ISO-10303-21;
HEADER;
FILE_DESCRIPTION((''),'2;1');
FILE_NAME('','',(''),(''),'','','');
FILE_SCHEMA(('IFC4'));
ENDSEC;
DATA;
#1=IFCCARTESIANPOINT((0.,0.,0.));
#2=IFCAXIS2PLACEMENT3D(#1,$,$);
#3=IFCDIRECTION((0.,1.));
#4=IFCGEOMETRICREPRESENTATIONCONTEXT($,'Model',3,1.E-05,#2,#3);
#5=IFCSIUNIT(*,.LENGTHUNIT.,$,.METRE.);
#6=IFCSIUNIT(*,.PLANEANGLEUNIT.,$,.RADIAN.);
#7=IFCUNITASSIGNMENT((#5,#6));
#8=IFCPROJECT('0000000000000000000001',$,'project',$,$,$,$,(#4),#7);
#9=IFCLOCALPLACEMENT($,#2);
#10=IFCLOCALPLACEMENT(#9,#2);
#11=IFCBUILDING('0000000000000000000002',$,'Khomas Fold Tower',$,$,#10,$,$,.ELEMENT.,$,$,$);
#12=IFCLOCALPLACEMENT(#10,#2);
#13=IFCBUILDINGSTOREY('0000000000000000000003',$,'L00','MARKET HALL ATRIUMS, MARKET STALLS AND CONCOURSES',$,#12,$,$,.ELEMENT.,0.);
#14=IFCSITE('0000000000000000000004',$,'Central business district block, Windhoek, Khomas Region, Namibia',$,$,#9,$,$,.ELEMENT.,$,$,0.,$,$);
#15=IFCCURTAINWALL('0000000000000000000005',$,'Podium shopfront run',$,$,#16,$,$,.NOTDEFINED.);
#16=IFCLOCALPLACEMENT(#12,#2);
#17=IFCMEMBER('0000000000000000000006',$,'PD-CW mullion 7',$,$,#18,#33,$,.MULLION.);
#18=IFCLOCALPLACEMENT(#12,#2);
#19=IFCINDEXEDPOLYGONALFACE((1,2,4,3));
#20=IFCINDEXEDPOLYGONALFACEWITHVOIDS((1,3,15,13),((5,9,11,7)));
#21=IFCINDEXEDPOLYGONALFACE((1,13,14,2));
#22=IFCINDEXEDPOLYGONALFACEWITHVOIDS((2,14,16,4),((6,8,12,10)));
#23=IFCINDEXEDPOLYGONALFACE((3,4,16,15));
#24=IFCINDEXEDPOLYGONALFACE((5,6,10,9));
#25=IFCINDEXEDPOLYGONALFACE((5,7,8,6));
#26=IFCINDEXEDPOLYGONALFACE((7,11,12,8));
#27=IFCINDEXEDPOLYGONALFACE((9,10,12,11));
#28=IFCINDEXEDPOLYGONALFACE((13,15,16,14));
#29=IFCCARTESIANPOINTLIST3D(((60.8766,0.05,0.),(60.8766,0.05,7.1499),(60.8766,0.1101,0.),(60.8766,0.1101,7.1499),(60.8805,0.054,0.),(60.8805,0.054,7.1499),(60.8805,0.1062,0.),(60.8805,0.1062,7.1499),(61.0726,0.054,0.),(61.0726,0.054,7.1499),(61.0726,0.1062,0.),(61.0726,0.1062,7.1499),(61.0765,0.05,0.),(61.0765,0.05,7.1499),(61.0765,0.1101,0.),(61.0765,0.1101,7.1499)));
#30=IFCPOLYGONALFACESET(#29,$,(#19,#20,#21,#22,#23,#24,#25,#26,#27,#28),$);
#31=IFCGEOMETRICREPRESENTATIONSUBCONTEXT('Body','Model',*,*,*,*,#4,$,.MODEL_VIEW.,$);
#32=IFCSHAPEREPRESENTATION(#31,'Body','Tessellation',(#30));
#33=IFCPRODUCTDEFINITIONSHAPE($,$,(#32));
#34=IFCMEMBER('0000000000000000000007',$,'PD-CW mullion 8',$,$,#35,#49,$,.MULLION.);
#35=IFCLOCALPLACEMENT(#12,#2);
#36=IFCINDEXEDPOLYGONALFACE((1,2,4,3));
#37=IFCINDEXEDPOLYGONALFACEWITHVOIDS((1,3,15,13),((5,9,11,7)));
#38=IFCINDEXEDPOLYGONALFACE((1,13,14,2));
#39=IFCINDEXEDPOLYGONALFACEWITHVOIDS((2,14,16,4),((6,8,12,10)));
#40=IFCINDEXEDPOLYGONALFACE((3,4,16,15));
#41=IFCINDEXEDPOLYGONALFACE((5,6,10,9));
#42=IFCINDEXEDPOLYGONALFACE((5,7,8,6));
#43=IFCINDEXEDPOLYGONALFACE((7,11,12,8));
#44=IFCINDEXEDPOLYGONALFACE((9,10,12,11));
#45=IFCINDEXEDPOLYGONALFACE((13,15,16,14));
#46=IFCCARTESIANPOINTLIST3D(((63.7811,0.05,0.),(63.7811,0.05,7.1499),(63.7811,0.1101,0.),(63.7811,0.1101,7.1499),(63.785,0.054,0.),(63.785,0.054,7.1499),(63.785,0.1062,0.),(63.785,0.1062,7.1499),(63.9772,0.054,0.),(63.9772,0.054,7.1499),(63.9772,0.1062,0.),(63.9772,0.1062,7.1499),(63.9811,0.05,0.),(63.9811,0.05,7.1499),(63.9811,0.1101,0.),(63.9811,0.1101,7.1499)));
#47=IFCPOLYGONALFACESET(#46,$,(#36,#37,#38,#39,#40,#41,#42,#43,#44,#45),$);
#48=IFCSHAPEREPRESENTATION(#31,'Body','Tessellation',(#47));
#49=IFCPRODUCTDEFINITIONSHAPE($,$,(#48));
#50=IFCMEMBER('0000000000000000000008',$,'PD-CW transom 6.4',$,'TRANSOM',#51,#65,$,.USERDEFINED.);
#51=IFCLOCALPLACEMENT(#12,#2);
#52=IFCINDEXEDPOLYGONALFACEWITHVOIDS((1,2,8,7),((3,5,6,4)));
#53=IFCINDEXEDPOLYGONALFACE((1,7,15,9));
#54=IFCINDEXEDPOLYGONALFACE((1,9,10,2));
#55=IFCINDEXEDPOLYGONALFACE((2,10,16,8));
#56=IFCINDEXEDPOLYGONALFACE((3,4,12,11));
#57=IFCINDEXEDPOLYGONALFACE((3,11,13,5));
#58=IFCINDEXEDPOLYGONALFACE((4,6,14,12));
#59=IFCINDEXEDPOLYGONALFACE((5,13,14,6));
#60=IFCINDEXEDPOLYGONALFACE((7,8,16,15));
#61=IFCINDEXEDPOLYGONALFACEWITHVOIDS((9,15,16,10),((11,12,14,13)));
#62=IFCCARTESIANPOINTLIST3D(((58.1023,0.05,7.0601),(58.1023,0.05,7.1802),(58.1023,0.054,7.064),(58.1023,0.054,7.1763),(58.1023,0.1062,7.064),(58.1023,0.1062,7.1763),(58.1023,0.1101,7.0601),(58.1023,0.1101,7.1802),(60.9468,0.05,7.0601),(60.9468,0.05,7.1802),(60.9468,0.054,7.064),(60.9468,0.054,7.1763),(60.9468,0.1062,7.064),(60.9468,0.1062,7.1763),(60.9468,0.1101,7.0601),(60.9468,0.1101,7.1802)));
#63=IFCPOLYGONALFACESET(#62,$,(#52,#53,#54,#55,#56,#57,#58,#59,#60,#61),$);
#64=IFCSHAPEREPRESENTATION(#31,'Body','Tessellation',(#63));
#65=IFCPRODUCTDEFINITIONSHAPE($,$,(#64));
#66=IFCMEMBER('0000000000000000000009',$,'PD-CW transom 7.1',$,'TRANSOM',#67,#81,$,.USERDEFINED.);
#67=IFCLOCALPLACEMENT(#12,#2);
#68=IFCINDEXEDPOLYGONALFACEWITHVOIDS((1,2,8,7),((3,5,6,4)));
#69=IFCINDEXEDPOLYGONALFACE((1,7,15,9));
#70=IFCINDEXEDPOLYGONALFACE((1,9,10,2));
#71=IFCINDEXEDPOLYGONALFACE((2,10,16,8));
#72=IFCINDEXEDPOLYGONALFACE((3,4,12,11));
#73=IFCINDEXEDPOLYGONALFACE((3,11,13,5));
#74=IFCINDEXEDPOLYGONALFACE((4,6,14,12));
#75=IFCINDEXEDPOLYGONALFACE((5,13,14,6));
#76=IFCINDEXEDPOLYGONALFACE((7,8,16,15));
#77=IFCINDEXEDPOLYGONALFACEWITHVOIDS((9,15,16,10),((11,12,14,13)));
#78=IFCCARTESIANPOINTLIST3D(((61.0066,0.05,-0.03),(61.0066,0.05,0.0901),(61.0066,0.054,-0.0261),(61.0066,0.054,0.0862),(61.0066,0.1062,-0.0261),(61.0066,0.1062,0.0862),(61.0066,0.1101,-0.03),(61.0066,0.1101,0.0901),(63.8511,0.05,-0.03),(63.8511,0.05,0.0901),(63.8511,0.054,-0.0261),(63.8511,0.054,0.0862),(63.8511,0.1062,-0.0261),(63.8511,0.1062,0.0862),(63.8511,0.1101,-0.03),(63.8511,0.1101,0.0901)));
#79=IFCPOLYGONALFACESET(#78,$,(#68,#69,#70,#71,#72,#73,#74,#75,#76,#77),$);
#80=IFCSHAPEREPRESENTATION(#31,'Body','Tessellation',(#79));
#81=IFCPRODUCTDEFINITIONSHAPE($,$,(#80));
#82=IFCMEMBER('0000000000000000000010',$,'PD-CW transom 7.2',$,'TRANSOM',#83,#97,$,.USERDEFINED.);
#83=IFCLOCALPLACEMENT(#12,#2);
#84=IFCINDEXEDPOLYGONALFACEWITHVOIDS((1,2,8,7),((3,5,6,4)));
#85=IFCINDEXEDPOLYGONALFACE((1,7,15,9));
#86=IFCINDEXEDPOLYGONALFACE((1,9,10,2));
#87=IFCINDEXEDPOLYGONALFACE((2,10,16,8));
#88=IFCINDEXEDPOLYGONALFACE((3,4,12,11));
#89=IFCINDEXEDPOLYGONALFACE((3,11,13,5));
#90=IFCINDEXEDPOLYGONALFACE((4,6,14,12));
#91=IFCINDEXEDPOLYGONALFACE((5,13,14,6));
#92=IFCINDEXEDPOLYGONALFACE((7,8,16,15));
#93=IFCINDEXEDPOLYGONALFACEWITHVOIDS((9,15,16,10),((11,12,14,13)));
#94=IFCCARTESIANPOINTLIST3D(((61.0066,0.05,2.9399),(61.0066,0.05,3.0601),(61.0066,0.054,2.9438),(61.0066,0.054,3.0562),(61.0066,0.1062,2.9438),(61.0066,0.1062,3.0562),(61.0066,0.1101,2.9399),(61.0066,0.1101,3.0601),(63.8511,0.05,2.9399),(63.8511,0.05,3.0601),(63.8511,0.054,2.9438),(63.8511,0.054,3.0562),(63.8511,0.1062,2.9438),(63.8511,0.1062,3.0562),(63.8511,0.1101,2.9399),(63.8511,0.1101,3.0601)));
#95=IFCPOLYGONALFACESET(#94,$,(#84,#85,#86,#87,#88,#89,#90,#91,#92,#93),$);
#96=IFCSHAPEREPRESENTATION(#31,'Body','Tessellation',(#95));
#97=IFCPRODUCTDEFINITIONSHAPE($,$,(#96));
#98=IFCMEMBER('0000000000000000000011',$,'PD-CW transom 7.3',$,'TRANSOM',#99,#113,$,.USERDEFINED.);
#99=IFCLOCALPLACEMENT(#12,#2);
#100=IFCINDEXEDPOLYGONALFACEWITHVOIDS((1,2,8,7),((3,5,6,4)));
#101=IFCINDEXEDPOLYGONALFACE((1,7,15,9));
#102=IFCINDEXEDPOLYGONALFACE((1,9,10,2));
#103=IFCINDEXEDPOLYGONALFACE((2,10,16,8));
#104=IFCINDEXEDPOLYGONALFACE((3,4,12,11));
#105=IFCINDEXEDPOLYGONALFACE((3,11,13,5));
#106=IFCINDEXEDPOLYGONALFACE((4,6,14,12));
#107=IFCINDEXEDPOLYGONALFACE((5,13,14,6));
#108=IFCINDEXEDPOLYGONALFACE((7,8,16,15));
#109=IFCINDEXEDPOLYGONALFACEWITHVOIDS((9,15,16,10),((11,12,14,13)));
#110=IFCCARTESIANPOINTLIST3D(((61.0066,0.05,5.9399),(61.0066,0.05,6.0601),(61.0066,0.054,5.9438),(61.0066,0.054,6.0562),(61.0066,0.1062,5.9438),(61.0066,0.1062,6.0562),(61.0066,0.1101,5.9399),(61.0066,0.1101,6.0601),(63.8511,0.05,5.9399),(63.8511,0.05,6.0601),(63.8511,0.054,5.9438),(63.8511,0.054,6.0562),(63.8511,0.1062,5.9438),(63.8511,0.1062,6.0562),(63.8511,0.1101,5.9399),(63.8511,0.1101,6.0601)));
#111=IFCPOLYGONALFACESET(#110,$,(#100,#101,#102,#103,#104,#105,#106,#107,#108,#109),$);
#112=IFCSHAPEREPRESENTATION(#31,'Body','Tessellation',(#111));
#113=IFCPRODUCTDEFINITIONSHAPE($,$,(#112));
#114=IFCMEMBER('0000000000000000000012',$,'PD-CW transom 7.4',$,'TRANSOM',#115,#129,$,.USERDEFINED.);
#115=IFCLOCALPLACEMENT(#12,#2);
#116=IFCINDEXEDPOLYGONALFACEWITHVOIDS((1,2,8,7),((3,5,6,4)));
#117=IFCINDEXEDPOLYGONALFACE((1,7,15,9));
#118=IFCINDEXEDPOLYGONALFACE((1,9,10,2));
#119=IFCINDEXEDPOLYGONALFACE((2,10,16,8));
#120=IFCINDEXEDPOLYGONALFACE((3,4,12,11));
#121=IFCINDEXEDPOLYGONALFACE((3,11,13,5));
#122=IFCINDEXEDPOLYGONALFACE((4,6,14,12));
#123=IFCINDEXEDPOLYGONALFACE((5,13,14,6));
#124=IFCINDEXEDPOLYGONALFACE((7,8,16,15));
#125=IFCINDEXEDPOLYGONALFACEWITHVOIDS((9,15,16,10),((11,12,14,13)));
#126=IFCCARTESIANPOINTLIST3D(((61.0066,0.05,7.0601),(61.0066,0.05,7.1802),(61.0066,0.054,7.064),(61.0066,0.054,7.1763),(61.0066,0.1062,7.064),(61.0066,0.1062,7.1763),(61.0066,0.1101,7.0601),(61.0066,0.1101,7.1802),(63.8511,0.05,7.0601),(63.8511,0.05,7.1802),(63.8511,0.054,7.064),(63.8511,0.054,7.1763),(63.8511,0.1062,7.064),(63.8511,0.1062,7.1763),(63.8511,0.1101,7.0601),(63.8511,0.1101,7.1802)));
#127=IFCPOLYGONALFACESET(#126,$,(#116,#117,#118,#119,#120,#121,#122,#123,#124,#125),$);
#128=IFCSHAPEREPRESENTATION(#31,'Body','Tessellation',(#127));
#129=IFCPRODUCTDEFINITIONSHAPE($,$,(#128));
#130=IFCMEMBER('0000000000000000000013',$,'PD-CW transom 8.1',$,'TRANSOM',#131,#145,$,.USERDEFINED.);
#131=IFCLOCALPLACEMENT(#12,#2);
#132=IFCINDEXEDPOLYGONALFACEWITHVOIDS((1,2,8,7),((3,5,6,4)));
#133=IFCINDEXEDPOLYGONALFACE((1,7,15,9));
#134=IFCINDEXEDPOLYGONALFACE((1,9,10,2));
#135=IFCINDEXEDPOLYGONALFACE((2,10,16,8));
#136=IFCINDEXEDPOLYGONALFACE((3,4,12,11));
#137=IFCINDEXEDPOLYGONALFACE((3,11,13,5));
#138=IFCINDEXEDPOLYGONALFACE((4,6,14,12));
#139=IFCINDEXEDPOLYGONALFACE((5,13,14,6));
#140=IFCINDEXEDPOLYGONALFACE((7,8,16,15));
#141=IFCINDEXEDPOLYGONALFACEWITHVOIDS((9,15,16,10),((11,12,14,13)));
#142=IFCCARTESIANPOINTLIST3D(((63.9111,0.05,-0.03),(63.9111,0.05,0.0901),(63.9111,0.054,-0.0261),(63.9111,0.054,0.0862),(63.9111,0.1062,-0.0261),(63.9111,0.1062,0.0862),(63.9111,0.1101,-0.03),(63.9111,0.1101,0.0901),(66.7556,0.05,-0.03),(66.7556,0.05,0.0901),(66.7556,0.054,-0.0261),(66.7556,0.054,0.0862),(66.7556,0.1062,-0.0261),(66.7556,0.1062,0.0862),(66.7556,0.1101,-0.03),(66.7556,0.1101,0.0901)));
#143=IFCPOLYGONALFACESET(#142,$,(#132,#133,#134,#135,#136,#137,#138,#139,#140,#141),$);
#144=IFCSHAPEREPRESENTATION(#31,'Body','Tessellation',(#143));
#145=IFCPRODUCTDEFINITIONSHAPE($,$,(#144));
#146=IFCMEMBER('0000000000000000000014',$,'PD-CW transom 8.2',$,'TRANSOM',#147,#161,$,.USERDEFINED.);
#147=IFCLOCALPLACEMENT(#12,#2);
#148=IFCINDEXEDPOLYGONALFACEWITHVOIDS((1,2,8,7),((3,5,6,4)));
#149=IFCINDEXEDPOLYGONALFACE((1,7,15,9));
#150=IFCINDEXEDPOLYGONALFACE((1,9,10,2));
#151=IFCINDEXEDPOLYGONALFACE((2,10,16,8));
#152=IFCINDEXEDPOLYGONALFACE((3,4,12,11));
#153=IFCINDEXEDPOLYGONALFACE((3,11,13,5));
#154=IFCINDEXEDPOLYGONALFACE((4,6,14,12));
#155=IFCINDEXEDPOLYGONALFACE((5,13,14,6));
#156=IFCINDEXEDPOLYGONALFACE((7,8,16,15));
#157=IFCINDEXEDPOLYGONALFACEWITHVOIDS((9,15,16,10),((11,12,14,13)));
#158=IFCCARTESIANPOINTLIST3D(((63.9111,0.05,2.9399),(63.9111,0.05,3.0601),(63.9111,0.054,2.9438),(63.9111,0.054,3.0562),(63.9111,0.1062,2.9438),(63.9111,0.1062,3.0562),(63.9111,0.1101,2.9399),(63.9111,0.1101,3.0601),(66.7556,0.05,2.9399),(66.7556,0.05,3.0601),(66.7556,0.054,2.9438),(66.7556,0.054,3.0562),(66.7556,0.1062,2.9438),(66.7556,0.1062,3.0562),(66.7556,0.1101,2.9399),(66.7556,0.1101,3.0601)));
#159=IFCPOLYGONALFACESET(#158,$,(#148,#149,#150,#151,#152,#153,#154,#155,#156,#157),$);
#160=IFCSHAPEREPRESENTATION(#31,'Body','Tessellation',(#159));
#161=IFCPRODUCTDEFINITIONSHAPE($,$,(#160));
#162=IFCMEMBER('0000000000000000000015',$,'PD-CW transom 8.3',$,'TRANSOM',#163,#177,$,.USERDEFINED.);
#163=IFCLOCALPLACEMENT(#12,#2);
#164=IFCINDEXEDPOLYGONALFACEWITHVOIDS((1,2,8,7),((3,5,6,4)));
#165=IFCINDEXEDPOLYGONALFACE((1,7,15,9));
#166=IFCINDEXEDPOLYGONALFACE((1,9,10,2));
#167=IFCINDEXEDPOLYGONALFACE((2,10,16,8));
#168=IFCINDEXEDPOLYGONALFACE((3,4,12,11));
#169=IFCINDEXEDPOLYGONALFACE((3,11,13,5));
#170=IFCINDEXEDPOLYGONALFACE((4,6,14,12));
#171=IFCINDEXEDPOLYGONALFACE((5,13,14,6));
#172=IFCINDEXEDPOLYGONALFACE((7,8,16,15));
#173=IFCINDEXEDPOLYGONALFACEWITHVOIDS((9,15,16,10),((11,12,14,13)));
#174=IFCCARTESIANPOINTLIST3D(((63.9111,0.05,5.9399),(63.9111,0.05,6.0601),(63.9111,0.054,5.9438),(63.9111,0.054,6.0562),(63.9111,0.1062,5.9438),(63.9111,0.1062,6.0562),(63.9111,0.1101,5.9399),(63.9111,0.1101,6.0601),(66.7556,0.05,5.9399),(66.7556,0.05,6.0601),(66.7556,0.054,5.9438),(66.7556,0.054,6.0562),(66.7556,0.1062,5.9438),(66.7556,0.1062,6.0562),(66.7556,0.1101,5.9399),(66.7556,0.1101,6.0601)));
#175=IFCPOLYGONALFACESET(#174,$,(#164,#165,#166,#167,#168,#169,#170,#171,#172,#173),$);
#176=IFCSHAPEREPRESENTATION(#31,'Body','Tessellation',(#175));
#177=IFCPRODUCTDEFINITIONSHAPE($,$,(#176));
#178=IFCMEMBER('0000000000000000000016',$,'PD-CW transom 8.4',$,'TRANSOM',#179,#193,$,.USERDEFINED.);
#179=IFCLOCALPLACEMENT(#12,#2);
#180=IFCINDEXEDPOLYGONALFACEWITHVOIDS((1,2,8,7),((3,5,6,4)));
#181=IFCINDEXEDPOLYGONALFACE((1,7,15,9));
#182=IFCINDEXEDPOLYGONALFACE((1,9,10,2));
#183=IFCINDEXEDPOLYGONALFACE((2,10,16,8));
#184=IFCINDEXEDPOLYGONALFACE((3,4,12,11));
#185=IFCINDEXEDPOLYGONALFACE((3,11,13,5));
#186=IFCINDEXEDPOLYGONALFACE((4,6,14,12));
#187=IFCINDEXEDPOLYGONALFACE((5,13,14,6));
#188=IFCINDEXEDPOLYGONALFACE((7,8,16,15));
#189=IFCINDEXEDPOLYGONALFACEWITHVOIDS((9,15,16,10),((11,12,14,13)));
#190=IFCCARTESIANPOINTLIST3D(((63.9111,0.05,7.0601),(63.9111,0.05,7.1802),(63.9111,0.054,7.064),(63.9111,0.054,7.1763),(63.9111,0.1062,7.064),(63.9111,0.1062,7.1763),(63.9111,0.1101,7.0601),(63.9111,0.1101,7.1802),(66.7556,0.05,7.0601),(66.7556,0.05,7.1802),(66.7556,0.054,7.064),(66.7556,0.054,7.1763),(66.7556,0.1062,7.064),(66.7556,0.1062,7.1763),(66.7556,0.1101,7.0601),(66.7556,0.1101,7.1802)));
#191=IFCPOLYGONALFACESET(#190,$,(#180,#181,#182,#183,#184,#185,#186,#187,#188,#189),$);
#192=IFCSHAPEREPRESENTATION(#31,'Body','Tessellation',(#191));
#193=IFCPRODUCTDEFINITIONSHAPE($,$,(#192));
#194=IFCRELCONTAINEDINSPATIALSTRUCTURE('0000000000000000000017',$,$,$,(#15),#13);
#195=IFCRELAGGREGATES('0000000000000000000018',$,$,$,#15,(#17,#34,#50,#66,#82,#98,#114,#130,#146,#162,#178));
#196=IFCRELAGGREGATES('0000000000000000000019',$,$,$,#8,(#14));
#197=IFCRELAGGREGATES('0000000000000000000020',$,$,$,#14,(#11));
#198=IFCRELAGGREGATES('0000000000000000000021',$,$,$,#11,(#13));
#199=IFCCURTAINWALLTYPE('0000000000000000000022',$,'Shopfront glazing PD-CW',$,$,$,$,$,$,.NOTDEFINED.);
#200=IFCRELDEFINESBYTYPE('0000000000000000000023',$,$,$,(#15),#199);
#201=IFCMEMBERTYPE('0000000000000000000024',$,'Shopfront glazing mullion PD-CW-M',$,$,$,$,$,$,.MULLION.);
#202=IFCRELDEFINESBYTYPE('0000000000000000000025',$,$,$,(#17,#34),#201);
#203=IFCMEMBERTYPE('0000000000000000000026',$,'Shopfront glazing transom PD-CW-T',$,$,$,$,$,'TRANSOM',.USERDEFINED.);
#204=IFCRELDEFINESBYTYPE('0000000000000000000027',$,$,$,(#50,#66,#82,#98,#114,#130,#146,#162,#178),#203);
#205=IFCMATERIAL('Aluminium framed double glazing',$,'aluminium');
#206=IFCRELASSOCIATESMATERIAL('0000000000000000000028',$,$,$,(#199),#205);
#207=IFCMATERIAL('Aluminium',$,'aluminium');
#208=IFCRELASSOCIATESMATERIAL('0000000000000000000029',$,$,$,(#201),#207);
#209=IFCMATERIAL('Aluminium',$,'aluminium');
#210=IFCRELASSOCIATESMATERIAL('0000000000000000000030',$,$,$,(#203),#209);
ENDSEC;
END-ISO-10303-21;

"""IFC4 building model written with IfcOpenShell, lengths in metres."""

from ifc_helpers import new_model, si_unit, direction, frame, origin, origin_2d, place, context, subcontext, project, spatial, hollow_rectangle, extrude, source, transform, mapped, material, material_profile, profile_set, type_object, element, aggregate, save


model = new_model("IFC4")

# Units and contexts
model_context = context("Model", 3, precision=1e-05, world=origin(), true_north=direction((0.0, 1.0)))
body_context = subcontext(model_context, "Body", "Model", "MODEL_VIEW")
ifc_project = project(units=[si_unit("LENGTHUNIT", "METRE"), si_unit("PLANEANGLEUNIT", "RADIAN")], contexts=[model_context])

# Site, building, storey
site_placement = place(None, origin())
site = spatial("IfcSite", under=ifc_project, at=site_placement, Name="Central business district block, Windhoek, Khomas Region, Namibia", CompositionType="ELEMENT", RefElevation=0.0)
building_placement = place(site_placement, origin())
building = spatial("IfcBuilding", under=site, at=building_placement, Name="Khomas Fold Tower", CompositionType="ELEMENT")
storey_placement = place(building_placement, origin())
storey = spatial("IfcBuildingStorey", under=building, at=storey_placement, Name="L00", Description="MARKET HALL ATRIUMS, MARKET STALLS AND CONCOURSES", CompositionType="ELEMENT", Elevation=0.0)

# Curtain wall, members
ifc_material_1 = material(Name="Aluminium framed double glazing", Category="aluminium")
curtain_wall_type = type_object("IfcCurtainWallType", Name="Shopfront glazing PD-CW", PredefinedType="NOTDEFINED", material=ifc_material_1)
curtain_wall_placement = place(storey_placement, origin())
curtain_wall = element("IfcCurtainWall", 1, at=curtain_wall_placement, inside=storey, type_object=curtain_wall_type, Name="Podium shopfront run", PredefinedType="NOTDEFINED")
ifc_material_2 = material(Name="Aluminium", Category="aluminium")
ifc_material_profile_1 = material_profile(ifc_material_2, hollow_rectangle(XDim=0.0601, YDim=0.2, WallThickness=0.0039, at=origin_2d()), Name="Shopfront glazing mullion PD-CW-M")
ifc_profile_set_1 = profile_set([ifc_material_profile_1], Name="Aluminium")
member_type_1 = type_object("IfcMemberType", Name="Shopfront glazing mullion PD-CW-M", PredefinedType="MULLION", material=ifc_profile_set_1)
shared_shape_1 = source(origin(), body_context, "Body", "SweptSolid", [
    extrude(hollow_rectangle(XDim=0.0601, YDim=0.2, WallThickness=0.0039, at=origin_2d()), origin(), (0.0, 0.0, 1.0), 7.1499),
])
member_1_placement = place(storey_placement, frame((60.9766, 0.0801, 0.0), z_axis=(0.0, 0.0, 1.0), x_axis=(0.0, 1.0, 0.0)))
member_1 = element("IfcMember", 2, at=member_1_placement, type_object=member_type_1, Name="PD-CW mullion 7", PredefinedType="MULLION", context=body_context, shape_type="MappedRepresentation", body=[
    mapped(shared_shape_1, transform((0.0, 0.0, 0.0))),
])
member_2_placement = place(storey_placement, frame((63.8811, 0.0801, 0.0), z_axis=(0.0, 0.0, 1.0), x_axis=(0.0, 1.0, 0.0)))
member_2 = element("IfcMember", 3, at=member_2_placement, type_object=member_type_1, Name="PD-CW mullion 8", PredefinedType="MULLION", context=body_context, shape_type="MappedRepresentation", body=[
    mapped(shared_shape_1, transform((0.0, 0.0, 0.0))),
])
ifc_material_3 = material(Name="Aluminium", Category="aluminium")
ifc_material_profile_2 = material_profile(ifc_material_3, hollow_rectangle(XDim=0.0601, YDim=0.1201, WallThickness=0.0039, at=origin_2d()), Name="Shopfront glazing transom PD-CW-T")
ifc_profile_set_2 = profile_set([ifc_material_profile_2], Name="Aluminium")
member_type_2 = type_object("IfcMemberType", Name="Shopfront glazing transom PD-CW-T", ElementType="TRANSOM", PredefinedType="USERDEFINED", material=ifc_profile_set_2)
shared_shape_2 = source(origin(), body_context, "Body", "SweptSolid", [
    extrude(hollow_rectangle(XDim=0.0601, YDim=0.1201, WallThickness=0.0039, at=origin_2d()), origin(), (0.0, 0.0, 1.0), 2.8445),
])
member_3_placement = place(storey_placement, frame((58.1023, 0.0801, 7.1201), z_axis=(1.0, 0.0, 0.0), x_axis=(0.0, 1.0, 0.0)))
member_3 = element("IfcMember", 4, at=member_3_placement, type_object=member_type_2, Name="PD-CW transom 6.4", ObjectType="TRANSOM", PredefinedType="USERDEFINED", context=body_context, shape_type="MappedRepresentation", body=[
    mapped(shared_shape_2, transform((0.0, 0.0, 0.0))),
])
member_4_placement = place(storey_placement, frame((61.0066, 0.0801, 0.03), z_axis=(1.0, 0.0, 0.0), x_axis=(0.0, 1.0, 0.0)))
member_4 = element("IfcMember", 5, at=member_4_placement, type_object=member_type_2, Name="PD-CW transom 7.1", ObjectType="TRANSOM", PredefinedType="USERDEFINED", context=body_context, shape_type="MappedRepresentation", body=[
    mapped(shared_shape_2, transform((0.0, 0.0, 0.0))),
])
member_5_placement = place(storey_placement, frame((61.0066, 0.0801, 3.0), z_axis=(1.0, 0.0, 0.0), x_axis=(0.0, 1.0, 0.0)))
member_5 = element("IfcMember", 6, at=member_5_placement, type_object=member_type_2, Name="PD-CW transom 7.2", ObjectType="TRANSOM", PredefinedType="USERDEFINED", context=body_context, shape_type="MappedRepresentation", body=[
    mapped(shared_shape_2, transform((0.0, 0.0, 0.0))),
])
member_6_placement = place(storey_placement, frame((61.0066, 0.0801, 6.0), z_axis=(1.0, 0.0, 0.0), x_axis=(0.0, 1.0, 0.0)))
member_6 = element("IfcMember", 7, at=member_6_placement, type_object=member_type_2, Name="PD-CW transom 7.3", ObjectType="TRANSOM", PredefinedType="USERDEFINED", context=body_context, shape_type="MappedRepresentation", body=[
    mapped(shared_shape_2, transform((0.0, 0.0, 0.0))),
])
member_7_placement = place(storey_placement, frame((61.0066, 0.0801, 7.1201), z_axis=(1.0, 0.0, 0.0), x_axis=(0.0, 1.0, 0.0)))
member_7 = element("IfcMember", 8, at=member_7_placement, type_object=member_type_2, Name="PD-CW transom 7.4", ObjectType="TRANSOM", PredefinedType="USERDEFINED", context=body_context, shape_type="MappedRepresentation", body=[
    mapped(shared_shape_2, transform((0.0, 0.0, 0.0))),
])
member_8_placement = place(storey_placement, frame((63.9111, 0.0801, 0.03), z_axis=(1.0, 0.0, 0.0), x_axis=(0.0, 1.0, 0.0)))
member_8 = element("IfcMember", 9, at=member_8_placement, type_object=member_type_2, Name="PD-CW transom 8.1", ObjectType="TRANSOM", PredefinedType="USERDEFINED", context=body_context, shape_type="MappedRepresentation", body=[
    mapped(shared_shape_2, transform((0.0, 0.0, 0.0))),
])
member_9_placement = place(storey_placement, frame((63.9111, 0.0801, 3.0), z_axis=(1.0, 0.0, 0.0), x_axis=(0.0, 1.0, 0.0)))
member_9 = element("IfcMember", 10, at=member_9_placement, type_object=member_type_2, Name="PD-CW transom 8.2", ObjectType="TRANSOM", PredefinedType="USERDEFINED", context=body_context, shape_type="MappedRepresentation", body=[
    mapped(shared_shape_2, transform((0.0, 0.0, 0.0))),
])
member_10_placement = place(storey_placement, frame((63.9111, 0.0801, 6.0), z_axis=(1.0, 0.0, 0.0), x_axis=(0.0, 1.0, 0.0)))
member_10 = element("IfcMember", 11, at=member_10_placement, type_object=member_type_2, Name="PD-CW transom 8.3", ObjectType="TRANSOM", PredefinedType="USERDEFINED", context=body_context, shape_type="MappedRepresentation", body=[
    mapped(shared_shape_2, transform((0.0, 0.0, 0.0))),
])
member_11_placement = place(storey_placement, frame((63.9111, 0.0801, 7.1201), z_axis=(1.0, 0.0, 0.0), x_axis=(0.0, 1.0, 0.0)))
member_11 = element("IfcMember", 12, at=member_11_placement, type_object=member_type_2, Name="PD-CW transom 8.4", ObjectType="TRANSOM", PredefinedType="USERDEFINED", context=body_context, shape_type="MappedRepresentation", body=[
    mapped(shared_shape_2, transform((0.0, 0.0, 0.0))),
])
aggregate(curtain_wall, [member_1, member_2, member_3, member_4, member_5, member_6, member_7, member_8, member_9, member_10, member_11])

save(model, "model.ifc")
